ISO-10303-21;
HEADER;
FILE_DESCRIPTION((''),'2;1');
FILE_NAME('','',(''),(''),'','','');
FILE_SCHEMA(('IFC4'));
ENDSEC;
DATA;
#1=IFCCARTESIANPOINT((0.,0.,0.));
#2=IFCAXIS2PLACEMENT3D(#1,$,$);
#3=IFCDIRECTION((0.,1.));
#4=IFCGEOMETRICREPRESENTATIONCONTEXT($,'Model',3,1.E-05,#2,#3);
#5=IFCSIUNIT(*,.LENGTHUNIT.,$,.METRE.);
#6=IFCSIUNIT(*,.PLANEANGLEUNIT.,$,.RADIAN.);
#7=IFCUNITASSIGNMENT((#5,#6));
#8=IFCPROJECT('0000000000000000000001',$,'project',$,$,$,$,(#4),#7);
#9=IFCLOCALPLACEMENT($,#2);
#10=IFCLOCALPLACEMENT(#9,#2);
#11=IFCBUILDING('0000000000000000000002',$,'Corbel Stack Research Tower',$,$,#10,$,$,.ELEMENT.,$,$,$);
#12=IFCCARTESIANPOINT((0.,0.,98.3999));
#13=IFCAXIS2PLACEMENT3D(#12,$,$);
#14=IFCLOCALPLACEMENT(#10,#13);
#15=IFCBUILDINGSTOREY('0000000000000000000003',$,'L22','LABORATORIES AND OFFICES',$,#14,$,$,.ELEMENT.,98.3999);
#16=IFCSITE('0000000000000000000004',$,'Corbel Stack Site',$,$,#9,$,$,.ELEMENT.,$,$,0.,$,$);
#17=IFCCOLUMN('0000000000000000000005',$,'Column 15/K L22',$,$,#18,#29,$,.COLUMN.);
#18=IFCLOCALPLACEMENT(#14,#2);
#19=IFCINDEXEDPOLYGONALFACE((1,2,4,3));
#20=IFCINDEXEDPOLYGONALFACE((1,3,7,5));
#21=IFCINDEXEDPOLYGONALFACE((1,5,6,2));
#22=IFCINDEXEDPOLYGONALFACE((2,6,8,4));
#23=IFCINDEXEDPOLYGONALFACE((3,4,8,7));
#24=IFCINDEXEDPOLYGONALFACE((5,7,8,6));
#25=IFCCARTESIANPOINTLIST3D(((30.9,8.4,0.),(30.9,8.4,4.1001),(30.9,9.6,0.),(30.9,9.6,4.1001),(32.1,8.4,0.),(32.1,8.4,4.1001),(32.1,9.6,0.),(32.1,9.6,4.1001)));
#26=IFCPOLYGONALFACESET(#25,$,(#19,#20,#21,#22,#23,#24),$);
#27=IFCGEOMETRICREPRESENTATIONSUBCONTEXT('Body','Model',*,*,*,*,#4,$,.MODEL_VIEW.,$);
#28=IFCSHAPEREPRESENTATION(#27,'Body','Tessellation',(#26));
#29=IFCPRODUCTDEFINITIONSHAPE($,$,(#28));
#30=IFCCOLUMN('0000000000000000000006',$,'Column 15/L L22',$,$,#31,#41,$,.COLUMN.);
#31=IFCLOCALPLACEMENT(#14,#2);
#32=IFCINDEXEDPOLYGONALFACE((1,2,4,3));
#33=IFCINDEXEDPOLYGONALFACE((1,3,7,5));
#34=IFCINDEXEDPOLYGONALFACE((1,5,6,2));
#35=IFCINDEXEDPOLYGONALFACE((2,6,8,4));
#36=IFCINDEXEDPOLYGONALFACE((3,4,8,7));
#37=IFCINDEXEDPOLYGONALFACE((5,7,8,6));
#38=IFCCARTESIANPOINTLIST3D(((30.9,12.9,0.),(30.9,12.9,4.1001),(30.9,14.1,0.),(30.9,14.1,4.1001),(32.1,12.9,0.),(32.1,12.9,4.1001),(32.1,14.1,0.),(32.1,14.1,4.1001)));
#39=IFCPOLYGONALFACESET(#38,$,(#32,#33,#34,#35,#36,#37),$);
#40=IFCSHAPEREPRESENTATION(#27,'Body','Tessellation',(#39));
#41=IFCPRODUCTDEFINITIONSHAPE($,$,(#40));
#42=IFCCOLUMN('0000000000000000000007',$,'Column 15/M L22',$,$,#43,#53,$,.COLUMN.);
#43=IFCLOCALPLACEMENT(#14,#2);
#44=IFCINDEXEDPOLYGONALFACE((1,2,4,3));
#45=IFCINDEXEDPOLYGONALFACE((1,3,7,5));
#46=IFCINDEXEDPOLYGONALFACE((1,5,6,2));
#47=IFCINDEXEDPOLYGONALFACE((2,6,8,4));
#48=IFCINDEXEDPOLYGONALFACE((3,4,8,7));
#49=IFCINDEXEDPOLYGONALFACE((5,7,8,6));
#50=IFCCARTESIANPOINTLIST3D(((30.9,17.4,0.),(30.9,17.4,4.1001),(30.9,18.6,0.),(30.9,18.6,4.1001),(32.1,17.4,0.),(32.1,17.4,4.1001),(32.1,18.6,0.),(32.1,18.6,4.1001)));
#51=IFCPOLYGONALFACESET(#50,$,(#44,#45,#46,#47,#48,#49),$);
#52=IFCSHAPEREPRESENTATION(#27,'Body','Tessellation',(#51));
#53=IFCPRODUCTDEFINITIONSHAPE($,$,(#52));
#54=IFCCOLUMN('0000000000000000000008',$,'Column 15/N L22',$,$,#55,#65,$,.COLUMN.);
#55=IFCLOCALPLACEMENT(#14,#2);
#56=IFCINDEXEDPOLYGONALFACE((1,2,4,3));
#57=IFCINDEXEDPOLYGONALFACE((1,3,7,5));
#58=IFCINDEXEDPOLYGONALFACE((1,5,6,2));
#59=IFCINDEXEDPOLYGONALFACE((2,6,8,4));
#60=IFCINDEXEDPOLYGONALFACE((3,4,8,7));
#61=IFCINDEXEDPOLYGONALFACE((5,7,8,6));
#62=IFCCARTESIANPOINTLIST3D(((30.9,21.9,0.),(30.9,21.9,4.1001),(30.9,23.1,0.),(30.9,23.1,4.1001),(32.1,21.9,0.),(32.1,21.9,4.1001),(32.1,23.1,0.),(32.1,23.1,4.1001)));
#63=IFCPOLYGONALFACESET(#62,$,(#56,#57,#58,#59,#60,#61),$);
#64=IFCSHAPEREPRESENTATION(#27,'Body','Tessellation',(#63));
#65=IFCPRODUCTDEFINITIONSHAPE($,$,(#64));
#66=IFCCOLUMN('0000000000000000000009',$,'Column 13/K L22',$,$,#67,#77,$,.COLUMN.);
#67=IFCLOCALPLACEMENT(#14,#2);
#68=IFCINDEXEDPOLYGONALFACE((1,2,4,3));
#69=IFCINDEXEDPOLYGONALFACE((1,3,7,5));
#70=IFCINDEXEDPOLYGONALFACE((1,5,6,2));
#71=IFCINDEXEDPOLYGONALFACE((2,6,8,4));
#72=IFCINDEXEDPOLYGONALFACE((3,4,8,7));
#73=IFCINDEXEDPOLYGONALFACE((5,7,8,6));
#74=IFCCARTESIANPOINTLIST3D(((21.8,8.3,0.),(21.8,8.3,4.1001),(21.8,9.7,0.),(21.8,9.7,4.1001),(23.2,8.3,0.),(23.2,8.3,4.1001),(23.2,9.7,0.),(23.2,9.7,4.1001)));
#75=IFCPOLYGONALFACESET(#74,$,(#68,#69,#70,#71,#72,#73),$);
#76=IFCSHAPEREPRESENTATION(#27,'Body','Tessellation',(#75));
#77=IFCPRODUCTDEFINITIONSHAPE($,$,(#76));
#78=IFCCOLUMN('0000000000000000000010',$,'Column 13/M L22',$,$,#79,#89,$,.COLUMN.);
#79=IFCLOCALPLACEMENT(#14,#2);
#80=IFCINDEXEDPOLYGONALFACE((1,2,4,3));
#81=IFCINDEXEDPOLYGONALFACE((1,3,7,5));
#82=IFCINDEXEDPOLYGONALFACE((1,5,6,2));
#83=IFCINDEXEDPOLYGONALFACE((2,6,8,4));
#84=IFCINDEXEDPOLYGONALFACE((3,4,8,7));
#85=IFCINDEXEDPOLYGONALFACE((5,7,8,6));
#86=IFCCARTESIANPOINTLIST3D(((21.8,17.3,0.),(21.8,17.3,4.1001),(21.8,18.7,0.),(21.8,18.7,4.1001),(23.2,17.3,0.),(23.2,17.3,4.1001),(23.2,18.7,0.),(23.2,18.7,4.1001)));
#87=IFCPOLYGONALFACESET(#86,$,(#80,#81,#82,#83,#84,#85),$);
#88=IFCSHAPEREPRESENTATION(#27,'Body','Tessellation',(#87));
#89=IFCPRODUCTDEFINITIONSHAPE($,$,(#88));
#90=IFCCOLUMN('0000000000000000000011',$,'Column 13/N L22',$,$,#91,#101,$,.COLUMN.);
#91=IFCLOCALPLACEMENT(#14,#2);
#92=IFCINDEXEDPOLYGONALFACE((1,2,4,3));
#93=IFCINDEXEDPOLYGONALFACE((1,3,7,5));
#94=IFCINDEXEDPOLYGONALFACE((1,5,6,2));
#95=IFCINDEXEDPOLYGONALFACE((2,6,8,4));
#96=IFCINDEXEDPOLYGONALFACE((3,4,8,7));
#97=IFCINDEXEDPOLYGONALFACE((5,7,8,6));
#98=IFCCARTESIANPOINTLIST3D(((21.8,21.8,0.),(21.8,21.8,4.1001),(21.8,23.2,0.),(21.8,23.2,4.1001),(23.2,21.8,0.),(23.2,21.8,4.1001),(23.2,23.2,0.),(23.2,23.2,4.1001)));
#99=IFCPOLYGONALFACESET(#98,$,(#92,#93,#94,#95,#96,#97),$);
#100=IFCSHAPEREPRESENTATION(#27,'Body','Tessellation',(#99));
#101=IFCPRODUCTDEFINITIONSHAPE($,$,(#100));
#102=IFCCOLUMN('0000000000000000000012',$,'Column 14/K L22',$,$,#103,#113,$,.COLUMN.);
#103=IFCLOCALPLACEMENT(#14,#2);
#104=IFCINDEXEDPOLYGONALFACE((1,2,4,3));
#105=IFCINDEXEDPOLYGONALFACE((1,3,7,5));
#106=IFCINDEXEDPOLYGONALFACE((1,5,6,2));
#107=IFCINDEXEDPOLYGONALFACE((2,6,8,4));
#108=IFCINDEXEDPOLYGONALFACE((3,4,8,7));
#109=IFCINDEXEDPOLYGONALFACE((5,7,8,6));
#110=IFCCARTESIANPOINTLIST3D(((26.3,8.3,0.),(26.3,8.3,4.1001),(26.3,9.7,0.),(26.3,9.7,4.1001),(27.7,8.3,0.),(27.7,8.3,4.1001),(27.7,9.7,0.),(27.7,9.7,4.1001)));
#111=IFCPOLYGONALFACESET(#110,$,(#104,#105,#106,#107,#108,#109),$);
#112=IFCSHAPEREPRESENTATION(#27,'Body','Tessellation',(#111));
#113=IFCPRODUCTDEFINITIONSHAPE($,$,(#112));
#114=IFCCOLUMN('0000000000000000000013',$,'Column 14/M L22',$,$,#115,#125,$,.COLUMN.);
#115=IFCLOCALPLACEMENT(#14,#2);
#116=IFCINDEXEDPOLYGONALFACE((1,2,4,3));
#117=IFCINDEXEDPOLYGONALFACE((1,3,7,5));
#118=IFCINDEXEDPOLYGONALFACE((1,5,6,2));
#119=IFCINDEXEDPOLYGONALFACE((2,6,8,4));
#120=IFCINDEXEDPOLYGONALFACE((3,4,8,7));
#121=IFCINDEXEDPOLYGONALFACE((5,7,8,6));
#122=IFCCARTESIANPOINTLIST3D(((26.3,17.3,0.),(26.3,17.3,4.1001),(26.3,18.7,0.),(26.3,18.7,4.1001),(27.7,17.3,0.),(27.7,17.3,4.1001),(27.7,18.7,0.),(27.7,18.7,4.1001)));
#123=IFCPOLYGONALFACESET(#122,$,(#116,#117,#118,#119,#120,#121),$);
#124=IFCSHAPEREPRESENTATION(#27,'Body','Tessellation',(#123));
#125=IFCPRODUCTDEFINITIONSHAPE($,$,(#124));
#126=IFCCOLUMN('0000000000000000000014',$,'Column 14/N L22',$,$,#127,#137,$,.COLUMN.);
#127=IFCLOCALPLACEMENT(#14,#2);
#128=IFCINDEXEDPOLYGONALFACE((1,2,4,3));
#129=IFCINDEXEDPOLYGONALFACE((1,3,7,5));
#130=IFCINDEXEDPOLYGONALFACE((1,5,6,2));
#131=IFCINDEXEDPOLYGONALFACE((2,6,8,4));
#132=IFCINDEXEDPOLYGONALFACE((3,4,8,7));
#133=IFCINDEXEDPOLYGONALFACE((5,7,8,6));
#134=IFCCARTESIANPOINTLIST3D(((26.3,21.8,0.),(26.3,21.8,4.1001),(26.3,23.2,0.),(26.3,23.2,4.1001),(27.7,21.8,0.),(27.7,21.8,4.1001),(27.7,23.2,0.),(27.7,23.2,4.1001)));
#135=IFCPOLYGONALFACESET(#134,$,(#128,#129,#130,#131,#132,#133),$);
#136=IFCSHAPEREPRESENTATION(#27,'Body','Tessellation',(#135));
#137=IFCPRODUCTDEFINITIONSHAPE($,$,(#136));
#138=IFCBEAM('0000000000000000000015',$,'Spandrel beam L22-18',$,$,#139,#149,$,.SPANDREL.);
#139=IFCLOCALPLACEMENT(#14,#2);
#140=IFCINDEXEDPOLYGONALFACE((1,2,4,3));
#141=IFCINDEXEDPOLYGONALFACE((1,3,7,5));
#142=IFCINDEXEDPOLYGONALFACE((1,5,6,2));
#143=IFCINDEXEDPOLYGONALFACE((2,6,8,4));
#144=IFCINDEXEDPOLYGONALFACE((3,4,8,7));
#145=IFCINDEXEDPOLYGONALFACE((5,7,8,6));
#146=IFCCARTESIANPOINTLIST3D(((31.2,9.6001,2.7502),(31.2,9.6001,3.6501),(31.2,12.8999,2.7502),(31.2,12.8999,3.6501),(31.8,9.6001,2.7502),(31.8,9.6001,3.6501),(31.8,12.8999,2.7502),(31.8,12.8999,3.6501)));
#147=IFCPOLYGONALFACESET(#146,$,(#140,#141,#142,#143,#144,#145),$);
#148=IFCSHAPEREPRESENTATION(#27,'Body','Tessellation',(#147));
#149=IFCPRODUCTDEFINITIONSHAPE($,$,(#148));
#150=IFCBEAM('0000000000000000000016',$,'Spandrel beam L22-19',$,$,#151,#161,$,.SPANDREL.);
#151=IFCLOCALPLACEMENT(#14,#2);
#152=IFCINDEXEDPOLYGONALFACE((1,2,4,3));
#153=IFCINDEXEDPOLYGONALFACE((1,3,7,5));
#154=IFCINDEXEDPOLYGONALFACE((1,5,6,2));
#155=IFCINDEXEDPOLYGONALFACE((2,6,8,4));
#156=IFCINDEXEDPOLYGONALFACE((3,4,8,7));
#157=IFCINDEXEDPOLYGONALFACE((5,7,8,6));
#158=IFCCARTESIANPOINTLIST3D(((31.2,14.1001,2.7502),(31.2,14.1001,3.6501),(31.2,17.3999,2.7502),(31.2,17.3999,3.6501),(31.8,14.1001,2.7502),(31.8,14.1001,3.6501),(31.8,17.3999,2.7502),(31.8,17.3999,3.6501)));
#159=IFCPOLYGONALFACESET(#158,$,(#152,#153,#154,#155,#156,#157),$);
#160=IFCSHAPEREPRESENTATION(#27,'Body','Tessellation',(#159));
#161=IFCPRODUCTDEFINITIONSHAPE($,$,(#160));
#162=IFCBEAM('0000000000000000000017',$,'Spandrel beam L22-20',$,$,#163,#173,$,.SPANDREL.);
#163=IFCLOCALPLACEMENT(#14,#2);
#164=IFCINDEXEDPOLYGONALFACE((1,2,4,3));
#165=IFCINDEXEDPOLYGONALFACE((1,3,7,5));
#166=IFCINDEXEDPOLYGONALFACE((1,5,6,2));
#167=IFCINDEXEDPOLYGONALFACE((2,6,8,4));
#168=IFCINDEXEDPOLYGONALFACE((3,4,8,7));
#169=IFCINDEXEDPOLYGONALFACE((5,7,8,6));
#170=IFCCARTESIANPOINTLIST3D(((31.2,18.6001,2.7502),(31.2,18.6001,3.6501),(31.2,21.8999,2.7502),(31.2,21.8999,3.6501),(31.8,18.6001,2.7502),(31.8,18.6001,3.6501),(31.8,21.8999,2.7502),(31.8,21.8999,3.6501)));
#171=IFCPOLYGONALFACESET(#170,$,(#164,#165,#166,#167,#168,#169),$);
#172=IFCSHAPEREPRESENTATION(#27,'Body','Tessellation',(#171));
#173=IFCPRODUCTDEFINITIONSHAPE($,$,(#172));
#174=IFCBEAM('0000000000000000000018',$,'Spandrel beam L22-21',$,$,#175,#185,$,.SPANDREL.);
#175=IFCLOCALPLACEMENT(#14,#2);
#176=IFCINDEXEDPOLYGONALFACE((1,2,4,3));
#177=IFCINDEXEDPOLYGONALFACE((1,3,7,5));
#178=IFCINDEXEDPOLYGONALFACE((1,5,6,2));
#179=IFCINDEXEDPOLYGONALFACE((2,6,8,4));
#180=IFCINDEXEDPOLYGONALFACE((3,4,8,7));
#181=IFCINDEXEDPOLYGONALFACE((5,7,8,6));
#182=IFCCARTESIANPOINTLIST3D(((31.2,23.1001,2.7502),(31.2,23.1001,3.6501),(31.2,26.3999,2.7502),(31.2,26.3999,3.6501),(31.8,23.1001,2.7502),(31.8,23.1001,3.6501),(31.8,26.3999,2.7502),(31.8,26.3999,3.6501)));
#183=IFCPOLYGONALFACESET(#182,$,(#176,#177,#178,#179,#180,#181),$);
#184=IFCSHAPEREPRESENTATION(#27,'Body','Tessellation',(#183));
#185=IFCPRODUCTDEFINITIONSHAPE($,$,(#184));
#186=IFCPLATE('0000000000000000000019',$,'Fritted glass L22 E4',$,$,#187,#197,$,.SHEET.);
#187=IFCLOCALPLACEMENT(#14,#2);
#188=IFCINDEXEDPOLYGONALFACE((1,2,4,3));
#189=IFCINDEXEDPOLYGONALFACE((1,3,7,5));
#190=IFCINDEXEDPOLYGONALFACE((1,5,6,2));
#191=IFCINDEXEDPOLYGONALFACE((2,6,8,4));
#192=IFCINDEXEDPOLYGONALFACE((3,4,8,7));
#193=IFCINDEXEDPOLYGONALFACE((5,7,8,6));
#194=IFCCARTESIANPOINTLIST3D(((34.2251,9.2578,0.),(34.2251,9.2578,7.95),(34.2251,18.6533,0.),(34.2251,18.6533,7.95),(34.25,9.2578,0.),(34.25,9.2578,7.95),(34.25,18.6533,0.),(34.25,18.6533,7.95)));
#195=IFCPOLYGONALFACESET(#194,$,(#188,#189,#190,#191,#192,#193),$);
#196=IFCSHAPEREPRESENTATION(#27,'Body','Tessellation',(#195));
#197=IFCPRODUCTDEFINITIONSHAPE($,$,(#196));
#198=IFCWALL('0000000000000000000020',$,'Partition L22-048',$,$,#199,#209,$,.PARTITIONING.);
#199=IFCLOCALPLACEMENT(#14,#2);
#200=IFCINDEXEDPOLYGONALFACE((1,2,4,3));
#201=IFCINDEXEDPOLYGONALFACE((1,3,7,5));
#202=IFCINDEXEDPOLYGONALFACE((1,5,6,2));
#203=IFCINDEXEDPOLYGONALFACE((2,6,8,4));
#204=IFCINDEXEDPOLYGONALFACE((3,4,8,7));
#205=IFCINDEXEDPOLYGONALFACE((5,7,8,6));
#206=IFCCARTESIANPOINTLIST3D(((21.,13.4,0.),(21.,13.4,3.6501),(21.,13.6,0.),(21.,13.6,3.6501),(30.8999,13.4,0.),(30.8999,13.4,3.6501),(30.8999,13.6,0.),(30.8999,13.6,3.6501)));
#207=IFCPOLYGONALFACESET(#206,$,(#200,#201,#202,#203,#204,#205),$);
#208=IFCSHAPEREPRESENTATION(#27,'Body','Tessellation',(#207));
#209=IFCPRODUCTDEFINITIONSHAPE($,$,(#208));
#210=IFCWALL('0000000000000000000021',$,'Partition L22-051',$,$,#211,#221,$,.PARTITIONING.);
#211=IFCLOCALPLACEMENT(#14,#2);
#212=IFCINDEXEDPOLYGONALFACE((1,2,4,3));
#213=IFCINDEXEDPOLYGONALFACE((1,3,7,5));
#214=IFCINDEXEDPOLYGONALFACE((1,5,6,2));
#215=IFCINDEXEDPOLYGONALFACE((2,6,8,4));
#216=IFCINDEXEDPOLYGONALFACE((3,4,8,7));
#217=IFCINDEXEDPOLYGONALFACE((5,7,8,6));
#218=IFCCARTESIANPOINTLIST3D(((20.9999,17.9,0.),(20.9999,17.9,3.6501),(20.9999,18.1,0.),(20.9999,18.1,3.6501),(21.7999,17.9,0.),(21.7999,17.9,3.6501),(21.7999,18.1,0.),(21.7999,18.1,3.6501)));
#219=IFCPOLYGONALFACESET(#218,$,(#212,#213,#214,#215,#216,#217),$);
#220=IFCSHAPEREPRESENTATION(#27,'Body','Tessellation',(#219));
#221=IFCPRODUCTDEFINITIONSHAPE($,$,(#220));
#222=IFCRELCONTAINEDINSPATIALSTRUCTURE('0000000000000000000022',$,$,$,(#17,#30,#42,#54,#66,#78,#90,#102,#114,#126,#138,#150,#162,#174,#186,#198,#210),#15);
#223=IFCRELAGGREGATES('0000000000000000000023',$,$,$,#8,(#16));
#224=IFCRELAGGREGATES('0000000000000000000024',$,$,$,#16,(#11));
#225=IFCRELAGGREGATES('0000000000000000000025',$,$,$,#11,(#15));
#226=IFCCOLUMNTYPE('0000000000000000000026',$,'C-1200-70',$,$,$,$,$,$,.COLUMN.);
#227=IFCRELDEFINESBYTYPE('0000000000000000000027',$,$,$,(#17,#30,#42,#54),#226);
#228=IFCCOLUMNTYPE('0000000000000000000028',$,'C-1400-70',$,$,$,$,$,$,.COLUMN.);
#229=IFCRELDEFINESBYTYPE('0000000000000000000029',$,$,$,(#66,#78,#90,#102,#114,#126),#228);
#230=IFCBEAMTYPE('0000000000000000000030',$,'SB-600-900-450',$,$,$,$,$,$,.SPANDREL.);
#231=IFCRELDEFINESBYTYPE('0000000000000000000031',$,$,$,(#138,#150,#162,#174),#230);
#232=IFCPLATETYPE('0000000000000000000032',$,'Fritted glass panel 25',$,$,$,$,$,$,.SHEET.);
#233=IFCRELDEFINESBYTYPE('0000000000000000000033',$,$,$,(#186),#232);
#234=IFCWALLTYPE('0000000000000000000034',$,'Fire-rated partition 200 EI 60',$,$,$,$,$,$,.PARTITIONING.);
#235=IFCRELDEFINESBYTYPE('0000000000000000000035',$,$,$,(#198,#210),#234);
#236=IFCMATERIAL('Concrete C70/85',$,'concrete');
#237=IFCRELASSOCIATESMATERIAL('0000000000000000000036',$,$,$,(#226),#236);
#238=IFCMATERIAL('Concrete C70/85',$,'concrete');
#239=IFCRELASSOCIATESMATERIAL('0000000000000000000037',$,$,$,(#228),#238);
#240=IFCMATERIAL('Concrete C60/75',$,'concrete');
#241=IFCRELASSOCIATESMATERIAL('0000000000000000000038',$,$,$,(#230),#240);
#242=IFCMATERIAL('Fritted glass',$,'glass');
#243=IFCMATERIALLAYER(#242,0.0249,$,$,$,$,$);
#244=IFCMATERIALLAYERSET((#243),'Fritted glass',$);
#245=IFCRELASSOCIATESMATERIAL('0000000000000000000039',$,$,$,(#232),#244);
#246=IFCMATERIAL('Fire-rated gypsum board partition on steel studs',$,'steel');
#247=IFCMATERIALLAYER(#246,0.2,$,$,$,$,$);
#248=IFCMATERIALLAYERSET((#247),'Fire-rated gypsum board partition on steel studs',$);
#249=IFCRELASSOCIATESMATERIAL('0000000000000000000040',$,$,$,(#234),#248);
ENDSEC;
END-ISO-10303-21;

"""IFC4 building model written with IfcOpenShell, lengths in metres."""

from ifc_helpers import new_model, si_unit, direction, frame, frame_2d, origin, origin_2d, place, context, subcontext, project, spatial, rectangle, extrude, material, layer, layer_set, material_profile, profile_set, type_object, element, save


model = new_model("IFC4")

# Units and contexts
model_context = context("Model", 3, precision=1e-05, world=origin(), true_north=direction((0.0, 1.0)))
body_context = subcontext(model_context, "Body", "Model", "MODEL_VIEW")
ifc_project = project(units=[si_unit("LENGTHUNIT", "METRE"), si_unit("PLANEANGLEUNIT", "RADIAN")], contexts=[model_context])

# Site, building, storey
site_placement = place(None, origin())
site = spatial("IfcSite", under=ifc_project, at=site_placement, Name="Corbel Stack Site", CompositionType="ELEMENT", RefElevation=0.0)
building_placement = place(site_placement, origin())
building = spatial("IfcBuilding", under=site, at=building_placement, Name="Corbel Stack Research Tower", CompositionType="ELEMENT")
storey_placement = place(building_placement, frame((0.0, 0.0, 98.3999)))
storey = spatial("IfcBuildingStorey", under=building, at=storey_placement, Name="L22", Description="LABORATORIES AND OFFICES", CompositionType="ELEMENT", Elevation=98.3999)

# Columns
ifc_material_1 = material(Name="Concrete C70/85", Category="concrete")
ifc_material_profile_1 = material_profile(ifc_material_1, rectangle(XDim=1.2, YDim=1.2, at=origin_2d()), Name="RC 1200 x 1200")
ifc_profile_set_1 = profile_set([ifc_material_profile_1], Name="Concrete C70/85")
column_type_1 = type_object("IfcColumnType", Name="C-1200-70", PredefinedType="COLUMN", material=ifc_profile_set_1)
for number, where, z_axis, x_axis, name in (
    (1, (31.5, 9.0, 0.0), (0.0, 0.0, 1.0), (1.0, 0.0, 0.0), "Column 15/K L22"),
    (2, (31.5, 13.5, 0.0), (0.0, 0.0, 1.0), (1.0, 0.0, 0.0), "Column 15/L L22"),
    (3, (31.5, 18.0, 0.0), (0.0, 0.0, 1.0), (1.0, 0.0, 0.0), "Column 15/M L22"),
    (4, (31.5, 22.5, 0.0), (0.0, 0.0, 1.0), (1.0, 0.0, 0.0), "Column 15/N L22"),
):
    element("IfcColumn", number, at=place(storey_placement, frame(where, z_axis=z_axis, x_axis=x_axis)), inside=storey, type_object=column_type_1, Name=name, PredefinedType="COLUMN", context=body_context, shape_type="SweptSolid", body=[
        extrude(rectangle(XDim=1.2, YDim=1.2, at=origin_2d()), origin(), (0.0, 0.0, 1.0), 4.1001),
    ])
ifc_material_2 = material(Name="Concrete C70/85", Category="concrete")
ifc_material_profile_2 = material_profile(ifc_material_2, rectangle(XDim=1.3999, YDim=1.3999, at=origin_2d()), Name="RC 1400 x 1400")
ifc_profile_set_2 = profile_set([ifc_material_profile_2], Name="Concrete C70/85")
column_type_2 = type_object("IfcColumnType", Name="C-1400-70", PredefinedType="COLUMN", material=ifc_profile_set_2)
for number, where, z_axis, x_axis, name in (
    (5, (22.5, 9.0, 0.0), (0.0, 0.0, 1.0), (1.0, 0.0, 0.0), "Column 13/K L22"),
    (6, (22.5, 18.0, 0.0), (0.0, 0.0, 1.0), (1.0, 0.0, 0.0), "Column 13/M L22"),
    (7, (22.5, 22.5, 0.0), (0.0, 0.0, 1.0), (1.0, 0.0, 0.0), "Column 13/N L22"),
    (8, (27.0, 9.0, 0.0), (0.0, 0.0, 1.0), (1.0, 0.0, 0.0), "Column 14/K L22"),
    (9, (27.0, 18.0, 0.0), (0.0, 0.0, 1.0), (1.0, 0.0, 0.0), "Column 14/M L22"),
    (10, (27.0, 22.5, 0.0), (0.0, 0.0, 1.0), (1.0, 0.0, 0.0), "Column 14/N L22"),
):
    element("IfcColumn", number, at=place(storey_placement, frame(where, z_axis=z_axis, x_axis=x_axis)), inside=storey, type_object=column_type_2, Name=name, PredefinedType="COLUMN", context=body_context, shape_type="SweptSolid", body=[
        extrude(rectangle(XDim=1.3999, YDim=1.3999, at=origin_2d()), origin(), (0.0, 0.0, 1.0), 4.1001),
    ])

# Beams
ifc_material_3 = material(Name="Concrete C60/75", Category="concrete")
ifc_material_profile_3 = material_profile(ifc_material_3, rectangle(XDim=0.6001, YDim=0.8999, at=origin_2d()), Name="RC 600 x 900")
ifc_profile_set_3 = profile_set([ifc_material_profile_3], Name="Concrete C60/75")
beam_type = type_object("IfcBeamType", Name="SB-600-900-450", PredefinedType="SPANDREL", material=ifc_profile_set_3)
for number, where, z_axis, x_axis, name in (
    (11, (31.5, 9.6001, 3.2002), (0.0, 1.0, 0.0), (-1.0, 0.0, 0.0), "Spandrel beam L22-18"),
    (12, (31.5, 14.1001, 3.2002), (0.0, 1.0, 0.0), (-1.0, 0.0, 0.0), "Spandrel beam L22-19"),
    (13, (31.5, 18.6001, 3.2002), (0.0, 1.0, 0.0), (-1.0, 0.0, 0.0), "Spandrel beam L22-20"),
    (14, (31.5, 23.1001, 3.2002), (0.0, 1.0, 0.0), (-1.0, 0.0, 0.0), "Spandrel beam L22-21"),
):
    element("IfcBeam", number, at=place(storey_placement, frame(where, z_axis=z_axis, x_axis=x_axis)), inside=storey, type_object=beam_type, Name=name, PredefinedType="SPANDREL", context=body_context, shape_type="SweptSolid", body=[
        extrude(rectangle(XDim=0.6001, YDim=0.8999, at=origin_2d()), origin(), (0.0, 0.0, 1.0), 3.2998),
    ])

# Plate
ifc_material_4 = material(Name="Fritted glass", Category="glass")
ifc_layer_1 = layer(ifc_material_4, 0.0249)
ifc_layer_set_1 = layer_set([ifc_layer_1], Name="Fritted glass")
plate_type = type_object("IfcPlateType", Name="Fritted glass panel 25", PredefinedType="SHEET", material=ifc_layer_set_1)
plate_placement = place(storey_placement, frame((34.2375, 13.9556, 0.0), z_axis=(0.0, 0.0, 1.0), x_axis=(0.0, 1.0, 0.0)))
element("IfcPlate", 15, at=plate_placement, inside=storey, type_object=plate_type, Name="Fritted glass L22 E4", PredefinedType="SHEET", context=body_context, shape_type="SweptSolid", body=[
    extrude(rectangle(XDim=9.3955, YDim=0.0249, at=origin_2d()), origin(), (0.0, 0.0, 1.0), 7.95),
])

# Walls
ifc_material_5 = material(Name="Fire-rated gypsum board partition on steel studs", Category="steel")
ifc_layer_2 = layer(ifc_material_5, 0.2)
ifc_layer_set_2 = layer_set([ifc_layer_2], Name="Fire-rated gypsum board partition on steel studs")
wall_type_1 = type_object("IfcWallType", Name="Fire-rated partition 200 EI 60", PredefinedType="PARTITIONING", material=ifc_layer_set_2)
wall_1_placement = place(storey_placement, frame((21.0, 13.5, 0.0), z_axis=(0.0, 0.0, 1.0), x_axis=(1.0, 0.0, 0.0)))
element("IfcWall", 16, at=wall_1_placement, inside=storey, type_object=wall_type_1, Name="Partition L22-048", PredefinedType="PARTITIONING", context=body_context, shape_type="SweptSolid", body=[
    extrude(rectangle(XDim=9.8999, YDim=0.2, at=frame_2d((4.95, 0.0))), origin(), (0.0, 0.0, 1.0), 3.6501),
])
wall_2_placement = place(storey_placement, frame((21.0, 18.0, 0.0), z_axis=(0.0, 0.0, 1.0), x_axis=(1.0, 0.0, 0.0)))
element("IfcWall", 17, at=wall_2_placement, inside=storey, type_object=wall_type_1, Name="Partition L22-051", PredefinedType="PARTITIONING", context=body_context, shape_type="SweptSolid", body=[
    extrude(rectangle(XDim=0.8, YDim=0.2, at=frame_2d((0.3999, 0.0))), origin(), (0.0, 0.0, 1.0), 3.6501),
])

save(model, "model.ifc")
